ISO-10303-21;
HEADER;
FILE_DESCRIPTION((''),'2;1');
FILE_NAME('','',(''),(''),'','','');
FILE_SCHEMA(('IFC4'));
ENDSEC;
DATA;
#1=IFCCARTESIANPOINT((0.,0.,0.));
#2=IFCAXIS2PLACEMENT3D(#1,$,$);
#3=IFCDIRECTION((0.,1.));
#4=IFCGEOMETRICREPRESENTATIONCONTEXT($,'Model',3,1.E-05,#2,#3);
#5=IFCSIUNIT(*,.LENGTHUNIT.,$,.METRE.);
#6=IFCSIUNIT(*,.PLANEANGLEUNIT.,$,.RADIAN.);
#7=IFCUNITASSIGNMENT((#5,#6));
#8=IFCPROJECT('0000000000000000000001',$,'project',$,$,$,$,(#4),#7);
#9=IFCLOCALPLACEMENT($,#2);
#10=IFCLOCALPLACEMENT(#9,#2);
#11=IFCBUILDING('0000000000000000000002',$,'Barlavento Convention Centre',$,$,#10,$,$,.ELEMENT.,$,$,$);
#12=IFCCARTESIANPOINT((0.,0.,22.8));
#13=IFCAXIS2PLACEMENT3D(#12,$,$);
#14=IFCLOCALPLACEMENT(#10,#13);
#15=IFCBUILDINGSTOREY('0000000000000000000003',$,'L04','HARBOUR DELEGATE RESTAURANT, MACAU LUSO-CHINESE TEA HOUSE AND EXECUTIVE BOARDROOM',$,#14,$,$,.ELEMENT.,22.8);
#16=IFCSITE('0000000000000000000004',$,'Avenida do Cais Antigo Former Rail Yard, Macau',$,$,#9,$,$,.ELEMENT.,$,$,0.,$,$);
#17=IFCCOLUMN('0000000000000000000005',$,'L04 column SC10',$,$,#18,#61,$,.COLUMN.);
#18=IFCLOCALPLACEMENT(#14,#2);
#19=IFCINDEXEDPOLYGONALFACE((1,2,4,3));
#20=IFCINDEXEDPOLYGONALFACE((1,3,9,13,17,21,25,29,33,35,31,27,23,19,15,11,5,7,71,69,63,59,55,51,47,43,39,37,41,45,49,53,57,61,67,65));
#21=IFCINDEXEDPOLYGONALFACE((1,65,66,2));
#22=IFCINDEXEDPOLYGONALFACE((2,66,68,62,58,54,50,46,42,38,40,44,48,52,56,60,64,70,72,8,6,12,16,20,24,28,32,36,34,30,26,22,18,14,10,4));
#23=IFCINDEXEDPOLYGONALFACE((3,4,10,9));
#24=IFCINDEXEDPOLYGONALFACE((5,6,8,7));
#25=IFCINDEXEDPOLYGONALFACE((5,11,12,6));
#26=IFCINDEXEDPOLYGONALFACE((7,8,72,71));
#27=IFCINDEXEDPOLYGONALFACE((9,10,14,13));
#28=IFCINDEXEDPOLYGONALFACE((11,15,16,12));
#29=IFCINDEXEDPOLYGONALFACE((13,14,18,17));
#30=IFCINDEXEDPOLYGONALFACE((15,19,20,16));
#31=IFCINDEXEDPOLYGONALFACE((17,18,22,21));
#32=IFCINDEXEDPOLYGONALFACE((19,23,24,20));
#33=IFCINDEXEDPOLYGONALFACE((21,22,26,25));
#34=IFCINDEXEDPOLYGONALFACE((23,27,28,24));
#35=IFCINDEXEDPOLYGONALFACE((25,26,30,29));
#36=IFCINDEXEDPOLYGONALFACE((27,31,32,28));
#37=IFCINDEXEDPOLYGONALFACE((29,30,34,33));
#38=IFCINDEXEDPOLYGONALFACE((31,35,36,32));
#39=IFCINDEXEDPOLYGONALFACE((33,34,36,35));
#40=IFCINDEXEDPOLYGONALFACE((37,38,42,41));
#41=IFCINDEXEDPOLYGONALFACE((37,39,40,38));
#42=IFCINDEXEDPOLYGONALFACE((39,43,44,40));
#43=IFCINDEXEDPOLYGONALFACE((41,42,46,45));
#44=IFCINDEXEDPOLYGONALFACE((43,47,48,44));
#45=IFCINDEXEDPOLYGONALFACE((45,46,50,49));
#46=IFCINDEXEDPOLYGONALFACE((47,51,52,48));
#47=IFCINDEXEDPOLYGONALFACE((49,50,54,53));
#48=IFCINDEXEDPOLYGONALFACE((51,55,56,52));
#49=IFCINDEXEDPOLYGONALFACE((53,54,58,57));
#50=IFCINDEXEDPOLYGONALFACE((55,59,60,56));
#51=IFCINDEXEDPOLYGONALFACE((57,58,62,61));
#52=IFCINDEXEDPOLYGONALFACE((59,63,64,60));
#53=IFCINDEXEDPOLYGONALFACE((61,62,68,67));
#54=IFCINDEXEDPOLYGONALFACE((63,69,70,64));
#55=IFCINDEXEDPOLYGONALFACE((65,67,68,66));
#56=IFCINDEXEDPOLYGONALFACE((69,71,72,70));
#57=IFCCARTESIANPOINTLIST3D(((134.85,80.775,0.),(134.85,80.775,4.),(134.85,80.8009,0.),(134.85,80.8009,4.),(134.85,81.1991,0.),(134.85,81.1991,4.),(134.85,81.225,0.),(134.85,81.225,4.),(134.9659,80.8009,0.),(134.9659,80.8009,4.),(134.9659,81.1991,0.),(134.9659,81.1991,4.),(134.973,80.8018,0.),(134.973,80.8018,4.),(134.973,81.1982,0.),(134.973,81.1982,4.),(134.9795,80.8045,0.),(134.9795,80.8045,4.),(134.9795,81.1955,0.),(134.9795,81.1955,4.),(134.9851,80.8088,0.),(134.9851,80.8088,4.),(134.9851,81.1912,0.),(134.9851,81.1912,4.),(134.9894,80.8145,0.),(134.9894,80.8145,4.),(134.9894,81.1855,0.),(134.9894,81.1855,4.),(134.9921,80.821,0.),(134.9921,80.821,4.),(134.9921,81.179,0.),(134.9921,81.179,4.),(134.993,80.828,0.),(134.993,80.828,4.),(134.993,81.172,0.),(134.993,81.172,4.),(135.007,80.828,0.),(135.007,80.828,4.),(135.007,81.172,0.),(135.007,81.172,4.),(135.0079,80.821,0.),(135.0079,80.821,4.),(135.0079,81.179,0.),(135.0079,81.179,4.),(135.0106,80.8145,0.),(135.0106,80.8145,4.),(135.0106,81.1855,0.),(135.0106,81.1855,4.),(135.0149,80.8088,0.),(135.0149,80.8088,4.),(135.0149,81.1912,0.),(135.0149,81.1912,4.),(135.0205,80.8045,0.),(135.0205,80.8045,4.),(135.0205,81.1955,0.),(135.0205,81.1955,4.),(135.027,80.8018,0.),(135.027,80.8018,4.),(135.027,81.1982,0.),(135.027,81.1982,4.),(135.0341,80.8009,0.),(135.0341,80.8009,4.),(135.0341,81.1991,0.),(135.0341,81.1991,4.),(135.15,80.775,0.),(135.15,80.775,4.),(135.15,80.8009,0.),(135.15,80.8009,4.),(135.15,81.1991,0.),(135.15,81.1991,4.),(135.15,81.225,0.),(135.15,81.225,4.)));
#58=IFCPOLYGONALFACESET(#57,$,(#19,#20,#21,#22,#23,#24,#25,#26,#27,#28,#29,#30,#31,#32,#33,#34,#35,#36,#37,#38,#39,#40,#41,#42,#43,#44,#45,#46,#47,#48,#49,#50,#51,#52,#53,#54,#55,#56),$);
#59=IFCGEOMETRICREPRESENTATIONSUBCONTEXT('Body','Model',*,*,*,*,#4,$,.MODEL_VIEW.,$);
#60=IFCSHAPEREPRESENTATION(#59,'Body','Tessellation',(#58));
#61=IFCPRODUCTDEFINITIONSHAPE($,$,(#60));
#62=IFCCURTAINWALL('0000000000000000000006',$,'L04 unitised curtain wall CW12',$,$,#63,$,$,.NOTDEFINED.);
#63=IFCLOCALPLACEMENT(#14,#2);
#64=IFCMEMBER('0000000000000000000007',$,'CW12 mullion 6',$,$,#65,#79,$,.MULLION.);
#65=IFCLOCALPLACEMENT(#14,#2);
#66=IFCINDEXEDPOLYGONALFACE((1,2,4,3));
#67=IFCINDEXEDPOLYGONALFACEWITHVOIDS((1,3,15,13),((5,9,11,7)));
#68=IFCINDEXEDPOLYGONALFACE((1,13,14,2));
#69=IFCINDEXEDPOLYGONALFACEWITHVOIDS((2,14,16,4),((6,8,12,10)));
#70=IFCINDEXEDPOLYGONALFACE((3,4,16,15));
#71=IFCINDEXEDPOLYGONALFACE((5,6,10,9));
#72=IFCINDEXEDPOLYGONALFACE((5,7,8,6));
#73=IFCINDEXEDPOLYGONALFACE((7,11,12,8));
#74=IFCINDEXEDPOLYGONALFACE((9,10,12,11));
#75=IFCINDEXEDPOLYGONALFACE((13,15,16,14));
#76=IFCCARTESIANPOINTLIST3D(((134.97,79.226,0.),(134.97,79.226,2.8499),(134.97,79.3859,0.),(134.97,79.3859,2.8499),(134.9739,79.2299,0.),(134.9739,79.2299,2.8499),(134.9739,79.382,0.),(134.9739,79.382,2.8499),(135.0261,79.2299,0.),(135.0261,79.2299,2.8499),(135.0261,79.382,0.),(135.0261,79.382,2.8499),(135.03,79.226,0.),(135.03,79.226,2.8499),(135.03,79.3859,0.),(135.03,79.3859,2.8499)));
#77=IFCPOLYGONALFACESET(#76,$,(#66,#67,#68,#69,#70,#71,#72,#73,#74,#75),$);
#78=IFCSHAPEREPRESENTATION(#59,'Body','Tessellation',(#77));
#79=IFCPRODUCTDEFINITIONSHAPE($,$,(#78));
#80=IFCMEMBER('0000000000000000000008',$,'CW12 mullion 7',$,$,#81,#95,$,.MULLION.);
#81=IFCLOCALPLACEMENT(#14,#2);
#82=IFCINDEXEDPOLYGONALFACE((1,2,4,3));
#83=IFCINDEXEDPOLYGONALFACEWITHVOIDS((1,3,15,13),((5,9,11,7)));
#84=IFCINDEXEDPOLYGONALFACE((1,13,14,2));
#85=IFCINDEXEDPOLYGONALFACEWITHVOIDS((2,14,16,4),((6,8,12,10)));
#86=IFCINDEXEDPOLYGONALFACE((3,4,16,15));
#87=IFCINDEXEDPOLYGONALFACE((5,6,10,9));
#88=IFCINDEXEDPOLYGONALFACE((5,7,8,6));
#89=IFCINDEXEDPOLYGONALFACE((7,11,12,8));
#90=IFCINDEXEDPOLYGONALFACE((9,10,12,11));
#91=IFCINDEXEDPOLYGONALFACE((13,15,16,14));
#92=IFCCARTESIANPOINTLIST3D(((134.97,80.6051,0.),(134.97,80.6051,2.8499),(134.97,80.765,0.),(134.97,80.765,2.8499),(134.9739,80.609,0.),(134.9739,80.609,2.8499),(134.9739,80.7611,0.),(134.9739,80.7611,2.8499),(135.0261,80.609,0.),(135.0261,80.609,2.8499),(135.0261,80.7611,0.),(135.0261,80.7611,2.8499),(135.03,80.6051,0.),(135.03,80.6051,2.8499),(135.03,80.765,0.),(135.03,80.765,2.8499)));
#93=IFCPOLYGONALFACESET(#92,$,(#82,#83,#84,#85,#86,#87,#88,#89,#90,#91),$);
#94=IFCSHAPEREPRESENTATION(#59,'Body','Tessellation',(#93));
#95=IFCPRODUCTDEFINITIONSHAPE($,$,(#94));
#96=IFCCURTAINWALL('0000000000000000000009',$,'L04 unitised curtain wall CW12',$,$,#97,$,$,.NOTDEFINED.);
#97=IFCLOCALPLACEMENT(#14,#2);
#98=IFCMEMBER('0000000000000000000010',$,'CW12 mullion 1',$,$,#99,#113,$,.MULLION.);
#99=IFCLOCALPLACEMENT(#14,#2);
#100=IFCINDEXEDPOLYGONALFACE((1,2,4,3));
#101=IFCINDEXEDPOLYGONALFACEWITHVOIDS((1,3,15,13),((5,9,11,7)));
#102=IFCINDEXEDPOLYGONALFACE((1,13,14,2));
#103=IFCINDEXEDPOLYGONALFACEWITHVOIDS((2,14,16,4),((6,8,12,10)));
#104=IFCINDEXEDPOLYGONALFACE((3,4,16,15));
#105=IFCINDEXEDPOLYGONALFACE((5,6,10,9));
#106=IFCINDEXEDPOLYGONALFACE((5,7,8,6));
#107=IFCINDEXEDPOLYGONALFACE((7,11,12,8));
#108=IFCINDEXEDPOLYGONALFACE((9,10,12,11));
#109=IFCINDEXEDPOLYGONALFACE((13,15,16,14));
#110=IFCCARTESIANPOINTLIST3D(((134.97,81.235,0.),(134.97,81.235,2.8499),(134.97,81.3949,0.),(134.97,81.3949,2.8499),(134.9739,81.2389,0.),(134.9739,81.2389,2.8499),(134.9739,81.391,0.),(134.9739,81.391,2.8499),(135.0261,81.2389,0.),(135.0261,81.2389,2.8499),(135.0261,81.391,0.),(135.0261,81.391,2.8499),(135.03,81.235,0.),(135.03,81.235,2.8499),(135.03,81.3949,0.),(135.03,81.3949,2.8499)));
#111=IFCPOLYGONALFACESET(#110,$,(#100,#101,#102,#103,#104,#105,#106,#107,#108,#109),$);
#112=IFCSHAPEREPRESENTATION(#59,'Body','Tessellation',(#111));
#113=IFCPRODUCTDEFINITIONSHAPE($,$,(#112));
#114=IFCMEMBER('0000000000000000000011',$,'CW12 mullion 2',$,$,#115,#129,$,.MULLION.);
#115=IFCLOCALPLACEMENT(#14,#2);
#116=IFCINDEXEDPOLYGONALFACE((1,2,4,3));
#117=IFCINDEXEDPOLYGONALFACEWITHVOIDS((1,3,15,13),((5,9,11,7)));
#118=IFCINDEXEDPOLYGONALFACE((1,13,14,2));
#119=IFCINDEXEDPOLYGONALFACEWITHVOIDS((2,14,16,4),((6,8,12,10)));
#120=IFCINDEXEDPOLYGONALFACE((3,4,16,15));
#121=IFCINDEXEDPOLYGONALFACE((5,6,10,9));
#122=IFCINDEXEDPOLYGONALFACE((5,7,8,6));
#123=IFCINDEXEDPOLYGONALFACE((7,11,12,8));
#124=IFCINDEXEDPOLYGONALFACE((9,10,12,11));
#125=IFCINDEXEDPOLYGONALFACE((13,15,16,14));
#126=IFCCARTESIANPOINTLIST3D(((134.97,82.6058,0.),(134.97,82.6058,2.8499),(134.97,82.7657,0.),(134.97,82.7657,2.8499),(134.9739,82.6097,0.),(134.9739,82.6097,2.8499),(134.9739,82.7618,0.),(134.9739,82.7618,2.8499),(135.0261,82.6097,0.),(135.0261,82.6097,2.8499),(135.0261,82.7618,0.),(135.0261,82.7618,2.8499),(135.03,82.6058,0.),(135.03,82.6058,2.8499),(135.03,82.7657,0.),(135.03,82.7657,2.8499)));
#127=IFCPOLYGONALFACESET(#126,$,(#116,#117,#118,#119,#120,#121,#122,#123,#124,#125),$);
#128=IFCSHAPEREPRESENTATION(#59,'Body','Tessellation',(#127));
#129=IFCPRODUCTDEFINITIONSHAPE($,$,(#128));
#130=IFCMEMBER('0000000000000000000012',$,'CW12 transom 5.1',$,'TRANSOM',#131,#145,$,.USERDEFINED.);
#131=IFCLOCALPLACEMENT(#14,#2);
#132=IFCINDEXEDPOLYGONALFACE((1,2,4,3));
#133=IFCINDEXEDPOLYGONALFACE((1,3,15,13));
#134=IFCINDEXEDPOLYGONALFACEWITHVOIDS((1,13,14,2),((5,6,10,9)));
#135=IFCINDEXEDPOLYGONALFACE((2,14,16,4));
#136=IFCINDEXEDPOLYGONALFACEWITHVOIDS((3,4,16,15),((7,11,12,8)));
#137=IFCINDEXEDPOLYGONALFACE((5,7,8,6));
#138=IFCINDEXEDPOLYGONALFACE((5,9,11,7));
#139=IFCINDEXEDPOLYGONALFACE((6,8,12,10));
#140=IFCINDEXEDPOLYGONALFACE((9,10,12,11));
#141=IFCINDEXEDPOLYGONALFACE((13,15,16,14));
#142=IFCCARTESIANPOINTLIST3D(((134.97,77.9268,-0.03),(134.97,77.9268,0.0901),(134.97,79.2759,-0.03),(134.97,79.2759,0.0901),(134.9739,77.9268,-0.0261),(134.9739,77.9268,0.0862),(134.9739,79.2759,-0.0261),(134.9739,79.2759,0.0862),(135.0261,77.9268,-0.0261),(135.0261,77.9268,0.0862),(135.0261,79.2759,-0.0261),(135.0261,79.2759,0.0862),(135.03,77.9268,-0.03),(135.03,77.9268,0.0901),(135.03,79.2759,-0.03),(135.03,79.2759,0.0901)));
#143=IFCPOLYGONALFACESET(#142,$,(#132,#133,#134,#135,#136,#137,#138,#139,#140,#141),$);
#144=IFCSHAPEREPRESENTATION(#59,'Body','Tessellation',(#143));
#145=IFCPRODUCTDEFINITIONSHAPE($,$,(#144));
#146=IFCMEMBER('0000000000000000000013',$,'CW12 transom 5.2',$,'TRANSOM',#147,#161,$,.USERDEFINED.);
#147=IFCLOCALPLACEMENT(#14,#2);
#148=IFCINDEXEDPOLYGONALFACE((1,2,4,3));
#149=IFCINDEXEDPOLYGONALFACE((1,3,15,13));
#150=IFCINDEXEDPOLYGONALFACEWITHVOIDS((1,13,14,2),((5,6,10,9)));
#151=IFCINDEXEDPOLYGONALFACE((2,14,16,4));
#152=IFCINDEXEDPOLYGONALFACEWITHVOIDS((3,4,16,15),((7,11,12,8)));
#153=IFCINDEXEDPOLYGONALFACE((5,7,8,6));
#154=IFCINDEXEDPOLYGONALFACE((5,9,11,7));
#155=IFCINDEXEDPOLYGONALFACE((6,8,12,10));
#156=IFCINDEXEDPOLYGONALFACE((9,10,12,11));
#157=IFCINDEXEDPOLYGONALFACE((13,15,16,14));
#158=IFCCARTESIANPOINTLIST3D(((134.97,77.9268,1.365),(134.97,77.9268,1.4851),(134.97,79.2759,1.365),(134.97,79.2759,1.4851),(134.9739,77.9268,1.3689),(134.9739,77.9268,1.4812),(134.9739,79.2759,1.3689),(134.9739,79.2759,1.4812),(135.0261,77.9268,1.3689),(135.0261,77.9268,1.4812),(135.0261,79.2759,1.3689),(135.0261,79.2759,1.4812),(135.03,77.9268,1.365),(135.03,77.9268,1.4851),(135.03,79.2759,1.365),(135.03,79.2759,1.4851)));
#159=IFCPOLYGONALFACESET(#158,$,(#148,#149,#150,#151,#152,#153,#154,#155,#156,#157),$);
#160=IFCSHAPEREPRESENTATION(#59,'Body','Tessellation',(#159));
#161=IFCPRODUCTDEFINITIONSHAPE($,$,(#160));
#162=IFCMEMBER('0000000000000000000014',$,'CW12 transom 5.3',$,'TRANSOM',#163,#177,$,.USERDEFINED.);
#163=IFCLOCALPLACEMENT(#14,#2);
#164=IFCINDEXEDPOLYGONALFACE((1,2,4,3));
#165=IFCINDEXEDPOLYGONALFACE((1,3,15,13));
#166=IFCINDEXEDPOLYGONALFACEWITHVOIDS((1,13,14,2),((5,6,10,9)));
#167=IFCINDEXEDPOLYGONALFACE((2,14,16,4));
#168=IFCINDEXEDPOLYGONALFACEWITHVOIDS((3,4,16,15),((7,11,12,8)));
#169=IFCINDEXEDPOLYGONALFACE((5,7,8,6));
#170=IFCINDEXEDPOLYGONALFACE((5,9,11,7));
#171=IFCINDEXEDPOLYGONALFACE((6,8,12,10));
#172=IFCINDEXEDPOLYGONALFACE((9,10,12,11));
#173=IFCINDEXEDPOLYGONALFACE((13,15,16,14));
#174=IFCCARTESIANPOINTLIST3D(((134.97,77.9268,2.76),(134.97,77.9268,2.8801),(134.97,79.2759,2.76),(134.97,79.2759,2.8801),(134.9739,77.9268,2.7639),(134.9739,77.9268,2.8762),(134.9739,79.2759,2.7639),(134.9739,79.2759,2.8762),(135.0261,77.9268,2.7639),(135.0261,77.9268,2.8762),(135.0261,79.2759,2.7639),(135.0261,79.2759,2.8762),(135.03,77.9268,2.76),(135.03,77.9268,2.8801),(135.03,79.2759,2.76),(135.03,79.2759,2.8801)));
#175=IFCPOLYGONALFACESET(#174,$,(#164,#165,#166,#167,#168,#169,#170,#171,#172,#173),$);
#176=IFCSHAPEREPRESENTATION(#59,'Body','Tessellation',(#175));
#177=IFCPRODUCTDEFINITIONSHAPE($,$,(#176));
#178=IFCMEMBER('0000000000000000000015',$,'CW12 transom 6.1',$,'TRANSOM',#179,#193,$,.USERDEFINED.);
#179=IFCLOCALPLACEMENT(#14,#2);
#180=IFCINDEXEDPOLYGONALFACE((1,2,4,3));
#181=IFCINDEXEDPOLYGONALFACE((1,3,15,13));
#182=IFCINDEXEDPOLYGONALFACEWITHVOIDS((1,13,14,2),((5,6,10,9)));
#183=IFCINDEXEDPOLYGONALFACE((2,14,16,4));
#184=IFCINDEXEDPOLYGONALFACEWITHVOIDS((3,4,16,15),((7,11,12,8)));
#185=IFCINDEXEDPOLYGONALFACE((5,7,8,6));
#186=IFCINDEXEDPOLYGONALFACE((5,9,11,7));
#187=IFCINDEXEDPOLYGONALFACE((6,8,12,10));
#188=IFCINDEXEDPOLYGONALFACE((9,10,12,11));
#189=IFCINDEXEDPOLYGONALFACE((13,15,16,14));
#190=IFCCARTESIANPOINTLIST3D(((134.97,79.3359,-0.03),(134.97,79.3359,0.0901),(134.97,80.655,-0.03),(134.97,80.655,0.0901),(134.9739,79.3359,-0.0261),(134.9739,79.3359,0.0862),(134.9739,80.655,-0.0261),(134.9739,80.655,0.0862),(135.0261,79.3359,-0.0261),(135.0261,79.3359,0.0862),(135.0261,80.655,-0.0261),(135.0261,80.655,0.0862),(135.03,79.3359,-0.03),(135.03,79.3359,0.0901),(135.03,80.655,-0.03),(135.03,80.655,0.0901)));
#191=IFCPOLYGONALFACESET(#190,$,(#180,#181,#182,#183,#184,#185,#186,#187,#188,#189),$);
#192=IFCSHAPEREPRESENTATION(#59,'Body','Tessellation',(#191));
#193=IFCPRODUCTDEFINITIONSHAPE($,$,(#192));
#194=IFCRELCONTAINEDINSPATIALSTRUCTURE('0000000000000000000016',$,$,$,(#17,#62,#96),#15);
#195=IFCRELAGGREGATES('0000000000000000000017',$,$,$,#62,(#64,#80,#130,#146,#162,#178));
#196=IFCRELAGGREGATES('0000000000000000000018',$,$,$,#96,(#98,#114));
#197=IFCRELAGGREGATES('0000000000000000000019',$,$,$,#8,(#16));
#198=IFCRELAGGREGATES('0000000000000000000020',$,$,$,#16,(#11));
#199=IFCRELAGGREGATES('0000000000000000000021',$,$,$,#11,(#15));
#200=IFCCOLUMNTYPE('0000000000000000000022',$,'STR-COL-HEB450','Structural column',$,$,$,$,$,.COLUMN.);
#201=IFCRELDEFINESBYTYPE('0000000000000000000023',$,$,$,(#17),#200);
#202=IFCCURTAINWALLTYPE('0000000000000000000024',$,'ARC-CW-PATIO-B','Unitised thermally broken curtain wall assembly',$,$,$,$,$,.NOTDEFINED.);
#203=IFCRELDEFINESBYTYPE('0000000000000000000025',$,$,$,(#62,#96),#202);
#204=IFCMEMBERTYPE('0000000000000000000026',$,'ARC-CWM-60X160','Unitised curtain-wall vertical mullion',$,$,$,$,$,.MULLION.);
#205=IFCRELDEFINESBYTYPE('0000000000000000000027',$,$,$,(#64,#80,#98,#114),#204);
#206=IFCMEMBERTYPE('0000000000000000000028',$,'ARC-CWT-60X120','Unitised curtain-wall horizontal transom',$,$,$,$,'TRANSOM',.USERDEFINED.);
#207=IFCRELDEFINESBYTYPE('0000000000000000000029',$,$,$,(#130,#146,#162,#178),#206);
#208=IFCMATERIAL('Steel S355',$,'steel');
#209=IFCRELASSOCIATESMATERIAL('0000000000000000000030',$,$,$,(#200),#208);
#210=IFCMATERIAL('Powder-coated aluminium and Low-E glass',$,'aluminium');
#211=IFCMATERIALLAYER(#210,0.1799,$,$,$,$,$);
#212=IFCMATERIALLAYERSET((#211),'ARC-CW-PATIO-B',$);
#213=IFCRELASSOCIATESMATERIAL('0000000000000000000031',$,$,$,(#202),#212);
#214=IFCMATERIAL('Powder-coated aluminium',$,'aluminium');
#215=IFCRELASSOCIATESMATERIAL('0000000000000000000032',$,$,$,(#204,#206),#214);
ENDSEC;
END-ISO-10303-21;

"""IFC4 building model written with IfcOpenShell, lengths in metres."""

from ifc_helpers import new_model, si_unit, direction, frame, origin, origin_2d, place, context, subcontext, project, spatial, hollow_rectangle, i_section, extrude, material, layer, layer_set, material_profile, profile_set, type_object, element, aggregate, save


model = new_model("IFC4")

# Units and contexts
model_context = context("Model", 3, precision=1e-05, world=origin(), true_north=direction((0.0, 1.0)))
body_context = subcontext(model_context, "Body", "Model", "MODEL_VIEW")
ifc_project = project(units=[si_unit("LENGTHUNIT", "METRE"), si_unit("PLANEANGLEUNIT", "RADIAN")], contexts=[model_context])

# Site, building, storey
site_placement = place(None, origin())
site = spatial("IfcSite", under=ifc_project, at=site_placement, Name="Avenida do Cais Antigo Former Rail Yard, Macau", CompositionType="ELEMENT", RefElevation=0.0)
building_placement = place(site_placement, origin())
building = spatial("IfcBuilding", under=site, at=building_placement, Name="Barlavento Convention Centre", CompositionType="ELEMENT")
storey_placement = place(building_placement, frame((0.0, 0.0, 22.8)))
storey = spatial("IfcBuildingStorey", under=building, at=storey_placement, Name="L04", Description="HARBOUR DELEGATE RESTAURANT, MACAU LUSO-CHINESE TEA HOUSE AND EXECUTIVE BOARDROOM", CompositionType="ELEMENT", Elevation=22.8)

# Column
ifc_material_1 = material(Name="Steel S355", Category="steel")
ifc_material_profile_1 = material_profile(ifc_material_1, i_section(OverallWidth=0.3, OverallDepth=0.45, WebThickness=0.0139, FlangeThickness=0.0259, FilletRadius=0.0271, at=origin_2d()), Name="HEB 450")
ifc_profile_set_1 = profile_set([ifc_material_profile_1], Name="Steel S355")
column_type = type_object("IfcColumnType", Name="STR-COL-HEB450", Description="Structural column", PredefinedType="COLUMN", material=ifc_profile_set_1)
column_placement = place(storey_placement, frame((135.0, 81.0, 0.0), z_axis=(0.0, 0.0, 1.0), x_axis=(1.0, 0.0, 0.0)))
element("IfcColumn", 1, at=column_placement, inside=storey, type_object=column_type, Name="L04 column SC10", PredefinedType="COLUMN", context=body_context, shape_type="SweptSolid", body=[
    extrude(i_section(OverallWidth=0.3, OverallDepth=0.45, WebThickness=0.0139, FlangeThickness=0.0259, FilletRadius=0.0271, at=origin_2d()), origin(), (0.0, 0.0, 1.0), 4.0),
])

# Curtain walls, members
ifc_material_2 = material(Name="Powder-coated aluminium and Low-E glass", Category="aluminium")
ifc_layer_1 = layer(ifc_material_2, 0.1799)
ifc_layer_set_1 = layer_set([ifc_layer_1], Name="ARC-CW-PATIO-B")
curtain_wall_type = type_object("IfcCurtainWallType", Name="ARC-CW-PATIO-B", Description="Unitised thermally broken curtain wall assembly", PredefinedType="NOTDEFINED", material=ifc_layer_set_1)
curtain_wall_1_placement = place(storey_placement, origin())
curtain_wall_1 = element("IfcCurtainWall", 2, at=curtain_wall_1_placement, inside=storey, type_object=curtain_wall_type, Name="L04 unitised curtain wall CW12", PredefinedType="NOTDEFINED")
ifc_material_3 = material(Name="Powder-coated aluminium", Category="aluminium")
ifc_material_profile_2 = material_profile(ifc_material_3, hollow_rectangle(XDim=0.0601, YDim=0.1599, WallThickness=0.0039, at=origin_2d()), Name="AL-MULL 60x160x4")
ifc_profile_set_2 = profile_set([ifc_material_profile_2], Name="Powder-coated aluminium")
member_type_1 = type_object("IfcMemberType", Name="ARC-CWM-60X160", Description="Unitised curtain-wall vertical mullion", PredefinedType="MULLION", material=ifc_profile_set_2)
member_1_placement = place(storey_placement, frame((135.0, 79.3059, 0.0), z_axis=(0.0, 0.0, 1.0), x_axis=(-1.0, 0.0, 0.0)))
member_1 = element("IfcMember", 3, at=member_1_placement, type_object=member_type_1, Name="CW12 mullion 6", PredefinedType="MULLION", context=body_context, shape_type="SweptSolid", body=[
    extrude(hollow_rectangle(XDim=0.0601, YDim=0.1599, WallThickness=0.0039, at=origin_2d()), origin(), (0.0, 0.0, 1.0), 2.8499),
])
member_2_placement = place(storey_placement, frame((135.0, 80.6851, 0.0), z_axis=(0.0, 0.0, 1.0), x_axis=(-1.0, 0.0, 0.0)))
member_2 = element("IfcMember", 4, at=member_2_placement, type_object=member_type_1, Name="CW12 mullion 7", PredefinedType="MULLION", context=body_context, shape_type="SweptSolid", body=[
    extrude(hollow_rectangle(XDim=0.0601, YDim=0.1599, WallThickness=0.0039, at=origin_2d()), origin(), (0.0, 0.0, 1.0), 2.8499),
])
curtain_wall_2_placement = place(storey_placement, origin())
curtain_wall_2 = element("IfcCurtainWall", 5, at=curtain_wall_2_placement, inside=storey, type_object=curtain_wall_type, Name="L04 unitised curtain wall CW12", PredefinedType="NOTDEFINED")
member_3_placement = place(storey_placement, frame((135.0, 81.3149, 0.0), z_axis=(0.0, 0.0, 1.0), x_axis=(-1.0, 0.0, 0.0)))
member_3 = element("IfcMember", 6, at=member_3_placement, type_object=member_type_1, Name="CW12 mullion 1", PredefinedType="MULLION", context=body_context, shape_type="SweptSolid", body=[
    extrude(hollow_rectangle(XDim=0.0601, YDim=0.1599, WallThickness=0.0039, at=origin_2d()), origin(), (0.0, 0.0, 1.0), 2.8499),
])
member_4_placement = place(storey_placement, frame((135.0, 82.6858, 0.0), z_axis=(0.0, 0.0, 1.0), x_axis=(-1.0, 0.0, 0.0)))
member_4 = element("IfcMember", 7, at=member_4_placement, type_object=member_type_1, Name="CW12 mullion 2", PredefinedType="MULLION", context=body_context, shape_type="SweptSolid", body=[
    extrude(hollow_rectangle(XDim=0.0601, YDim=0.1599, WallThickness=0.0039, at=origin_2d()), origin(), (0.0, 0.0, 1.0), 2.8499),
])

# Members
ifc_material_profile_3 = material_profile(ifc_material_3, hollow_rectangle(XDim=0.0601, YDim=0.1201, WallThickness=0.0039, at=origin_2d()), Name="AL-TRAN 60x120x4")
ifc_profile_set_3 = profile_set([ifc_material_profile_3], Name="Powder-coated aluminium")
member_type_2 = type_object("IfcMemberType", Name="ARC-CWT-60X120", Description="Unitised curtain-wall horizontal transom", ElementType="TRANSOM", PredefinedType="USERDEFINED", material=ifc_profile_set_3)
member_5_placement = place(storey_placement, frame((135.0, 77.9268, 0.03), z_axis=(0.0, 1.0, 0.0), x_axis=(-1.0, 0.0, 0.0)))
member_5 = element("IfcMember", 8, at=member_5_placement, type_object=member_type_2, Name="CW12 transom 5.1", ObjectType="TRANSOM", PredefinedType="USERDEFINED", context=body_context, shape_type="SweptSolid", body=[
    extrude(hollow_rectangle(XDim=0.0601, YDim=0.1201, WallThickness=0.0039, at=origin_2d()), origin(), (0.0, 0.0, 1.0), 1.3491),
])
member_6_placement = place(storey_placement, frame((135.0, 77.9268, 1.425), z_axis=(0.0, 1.0, 0.0), x_axis=(-1.0, 0.0, 0.0)))
member_6 = element("IfcMember", 9, at=member_6_placement, type_object=member_type_2, Name="CW12 transom 5.2", ObjectType="TRANSOM", PredefinedType="USERDEFINED", context=body_context, shape_type="SweptSolid", body=[
    extrude(hollow_rectangle(XDim=0.0601, YDim=0.1201, WallThickness=0.0039, at=origin_2d()), origin(), (0.0, 0.0, 1.0), 1.3491),
])
member_7_placement = place(storey_placement, frame((135.0, 77.9268, 2.8201), z_axis=(0.0, 1.0, 0.0), x_axis=(-1.0, 0.0, 0.0)))
member_7 = element("IfcMember", 10, at=member_7_placement, type_object=member_type_2, Name="CW12 transom 5.3", ObjectType="TRANSOM", PredefinedType="USERDEFINED", context=body_context, shape_type="SweptSolid", body=[
    extrude(hollow_rectangle(XDim=0.0601, YDim=0.1201, WallThickness=0.0039, at=origin_2d()), origin(), (0.0, 0.0, 1.0), 1.3491),
])
member_8_placement = place(storey_placement, frame((135.0, 79.3359, 0.03), z_axis=(0.0, 1.0, 0.0), x_axis=(-1.0, 0.0, 0.0)))
member_8 = element("IfcMember", 11, at=member_8_placement, type_object=member_type_2, Name="CW12 transom 6.1", ObjectType="TRANSOM", PredefinedType="USERDEFINED", context=body_context, shape_type="SweptSolid", body=[
    extrude(hollow_rectangle(XDim=0.0601, YDim=0.1201, WallThickness=0.0039, at=origin_2d()), origin(), (0.0, 0.0, 1.0), 1.3191),
])

aggregate(curtain_wall_1, [member_1, member_2, member_5, member_6, member_7, member_8])
aggregate(curtain_wall_2, [member_3, member_4])

save(model, "model.ifc")
